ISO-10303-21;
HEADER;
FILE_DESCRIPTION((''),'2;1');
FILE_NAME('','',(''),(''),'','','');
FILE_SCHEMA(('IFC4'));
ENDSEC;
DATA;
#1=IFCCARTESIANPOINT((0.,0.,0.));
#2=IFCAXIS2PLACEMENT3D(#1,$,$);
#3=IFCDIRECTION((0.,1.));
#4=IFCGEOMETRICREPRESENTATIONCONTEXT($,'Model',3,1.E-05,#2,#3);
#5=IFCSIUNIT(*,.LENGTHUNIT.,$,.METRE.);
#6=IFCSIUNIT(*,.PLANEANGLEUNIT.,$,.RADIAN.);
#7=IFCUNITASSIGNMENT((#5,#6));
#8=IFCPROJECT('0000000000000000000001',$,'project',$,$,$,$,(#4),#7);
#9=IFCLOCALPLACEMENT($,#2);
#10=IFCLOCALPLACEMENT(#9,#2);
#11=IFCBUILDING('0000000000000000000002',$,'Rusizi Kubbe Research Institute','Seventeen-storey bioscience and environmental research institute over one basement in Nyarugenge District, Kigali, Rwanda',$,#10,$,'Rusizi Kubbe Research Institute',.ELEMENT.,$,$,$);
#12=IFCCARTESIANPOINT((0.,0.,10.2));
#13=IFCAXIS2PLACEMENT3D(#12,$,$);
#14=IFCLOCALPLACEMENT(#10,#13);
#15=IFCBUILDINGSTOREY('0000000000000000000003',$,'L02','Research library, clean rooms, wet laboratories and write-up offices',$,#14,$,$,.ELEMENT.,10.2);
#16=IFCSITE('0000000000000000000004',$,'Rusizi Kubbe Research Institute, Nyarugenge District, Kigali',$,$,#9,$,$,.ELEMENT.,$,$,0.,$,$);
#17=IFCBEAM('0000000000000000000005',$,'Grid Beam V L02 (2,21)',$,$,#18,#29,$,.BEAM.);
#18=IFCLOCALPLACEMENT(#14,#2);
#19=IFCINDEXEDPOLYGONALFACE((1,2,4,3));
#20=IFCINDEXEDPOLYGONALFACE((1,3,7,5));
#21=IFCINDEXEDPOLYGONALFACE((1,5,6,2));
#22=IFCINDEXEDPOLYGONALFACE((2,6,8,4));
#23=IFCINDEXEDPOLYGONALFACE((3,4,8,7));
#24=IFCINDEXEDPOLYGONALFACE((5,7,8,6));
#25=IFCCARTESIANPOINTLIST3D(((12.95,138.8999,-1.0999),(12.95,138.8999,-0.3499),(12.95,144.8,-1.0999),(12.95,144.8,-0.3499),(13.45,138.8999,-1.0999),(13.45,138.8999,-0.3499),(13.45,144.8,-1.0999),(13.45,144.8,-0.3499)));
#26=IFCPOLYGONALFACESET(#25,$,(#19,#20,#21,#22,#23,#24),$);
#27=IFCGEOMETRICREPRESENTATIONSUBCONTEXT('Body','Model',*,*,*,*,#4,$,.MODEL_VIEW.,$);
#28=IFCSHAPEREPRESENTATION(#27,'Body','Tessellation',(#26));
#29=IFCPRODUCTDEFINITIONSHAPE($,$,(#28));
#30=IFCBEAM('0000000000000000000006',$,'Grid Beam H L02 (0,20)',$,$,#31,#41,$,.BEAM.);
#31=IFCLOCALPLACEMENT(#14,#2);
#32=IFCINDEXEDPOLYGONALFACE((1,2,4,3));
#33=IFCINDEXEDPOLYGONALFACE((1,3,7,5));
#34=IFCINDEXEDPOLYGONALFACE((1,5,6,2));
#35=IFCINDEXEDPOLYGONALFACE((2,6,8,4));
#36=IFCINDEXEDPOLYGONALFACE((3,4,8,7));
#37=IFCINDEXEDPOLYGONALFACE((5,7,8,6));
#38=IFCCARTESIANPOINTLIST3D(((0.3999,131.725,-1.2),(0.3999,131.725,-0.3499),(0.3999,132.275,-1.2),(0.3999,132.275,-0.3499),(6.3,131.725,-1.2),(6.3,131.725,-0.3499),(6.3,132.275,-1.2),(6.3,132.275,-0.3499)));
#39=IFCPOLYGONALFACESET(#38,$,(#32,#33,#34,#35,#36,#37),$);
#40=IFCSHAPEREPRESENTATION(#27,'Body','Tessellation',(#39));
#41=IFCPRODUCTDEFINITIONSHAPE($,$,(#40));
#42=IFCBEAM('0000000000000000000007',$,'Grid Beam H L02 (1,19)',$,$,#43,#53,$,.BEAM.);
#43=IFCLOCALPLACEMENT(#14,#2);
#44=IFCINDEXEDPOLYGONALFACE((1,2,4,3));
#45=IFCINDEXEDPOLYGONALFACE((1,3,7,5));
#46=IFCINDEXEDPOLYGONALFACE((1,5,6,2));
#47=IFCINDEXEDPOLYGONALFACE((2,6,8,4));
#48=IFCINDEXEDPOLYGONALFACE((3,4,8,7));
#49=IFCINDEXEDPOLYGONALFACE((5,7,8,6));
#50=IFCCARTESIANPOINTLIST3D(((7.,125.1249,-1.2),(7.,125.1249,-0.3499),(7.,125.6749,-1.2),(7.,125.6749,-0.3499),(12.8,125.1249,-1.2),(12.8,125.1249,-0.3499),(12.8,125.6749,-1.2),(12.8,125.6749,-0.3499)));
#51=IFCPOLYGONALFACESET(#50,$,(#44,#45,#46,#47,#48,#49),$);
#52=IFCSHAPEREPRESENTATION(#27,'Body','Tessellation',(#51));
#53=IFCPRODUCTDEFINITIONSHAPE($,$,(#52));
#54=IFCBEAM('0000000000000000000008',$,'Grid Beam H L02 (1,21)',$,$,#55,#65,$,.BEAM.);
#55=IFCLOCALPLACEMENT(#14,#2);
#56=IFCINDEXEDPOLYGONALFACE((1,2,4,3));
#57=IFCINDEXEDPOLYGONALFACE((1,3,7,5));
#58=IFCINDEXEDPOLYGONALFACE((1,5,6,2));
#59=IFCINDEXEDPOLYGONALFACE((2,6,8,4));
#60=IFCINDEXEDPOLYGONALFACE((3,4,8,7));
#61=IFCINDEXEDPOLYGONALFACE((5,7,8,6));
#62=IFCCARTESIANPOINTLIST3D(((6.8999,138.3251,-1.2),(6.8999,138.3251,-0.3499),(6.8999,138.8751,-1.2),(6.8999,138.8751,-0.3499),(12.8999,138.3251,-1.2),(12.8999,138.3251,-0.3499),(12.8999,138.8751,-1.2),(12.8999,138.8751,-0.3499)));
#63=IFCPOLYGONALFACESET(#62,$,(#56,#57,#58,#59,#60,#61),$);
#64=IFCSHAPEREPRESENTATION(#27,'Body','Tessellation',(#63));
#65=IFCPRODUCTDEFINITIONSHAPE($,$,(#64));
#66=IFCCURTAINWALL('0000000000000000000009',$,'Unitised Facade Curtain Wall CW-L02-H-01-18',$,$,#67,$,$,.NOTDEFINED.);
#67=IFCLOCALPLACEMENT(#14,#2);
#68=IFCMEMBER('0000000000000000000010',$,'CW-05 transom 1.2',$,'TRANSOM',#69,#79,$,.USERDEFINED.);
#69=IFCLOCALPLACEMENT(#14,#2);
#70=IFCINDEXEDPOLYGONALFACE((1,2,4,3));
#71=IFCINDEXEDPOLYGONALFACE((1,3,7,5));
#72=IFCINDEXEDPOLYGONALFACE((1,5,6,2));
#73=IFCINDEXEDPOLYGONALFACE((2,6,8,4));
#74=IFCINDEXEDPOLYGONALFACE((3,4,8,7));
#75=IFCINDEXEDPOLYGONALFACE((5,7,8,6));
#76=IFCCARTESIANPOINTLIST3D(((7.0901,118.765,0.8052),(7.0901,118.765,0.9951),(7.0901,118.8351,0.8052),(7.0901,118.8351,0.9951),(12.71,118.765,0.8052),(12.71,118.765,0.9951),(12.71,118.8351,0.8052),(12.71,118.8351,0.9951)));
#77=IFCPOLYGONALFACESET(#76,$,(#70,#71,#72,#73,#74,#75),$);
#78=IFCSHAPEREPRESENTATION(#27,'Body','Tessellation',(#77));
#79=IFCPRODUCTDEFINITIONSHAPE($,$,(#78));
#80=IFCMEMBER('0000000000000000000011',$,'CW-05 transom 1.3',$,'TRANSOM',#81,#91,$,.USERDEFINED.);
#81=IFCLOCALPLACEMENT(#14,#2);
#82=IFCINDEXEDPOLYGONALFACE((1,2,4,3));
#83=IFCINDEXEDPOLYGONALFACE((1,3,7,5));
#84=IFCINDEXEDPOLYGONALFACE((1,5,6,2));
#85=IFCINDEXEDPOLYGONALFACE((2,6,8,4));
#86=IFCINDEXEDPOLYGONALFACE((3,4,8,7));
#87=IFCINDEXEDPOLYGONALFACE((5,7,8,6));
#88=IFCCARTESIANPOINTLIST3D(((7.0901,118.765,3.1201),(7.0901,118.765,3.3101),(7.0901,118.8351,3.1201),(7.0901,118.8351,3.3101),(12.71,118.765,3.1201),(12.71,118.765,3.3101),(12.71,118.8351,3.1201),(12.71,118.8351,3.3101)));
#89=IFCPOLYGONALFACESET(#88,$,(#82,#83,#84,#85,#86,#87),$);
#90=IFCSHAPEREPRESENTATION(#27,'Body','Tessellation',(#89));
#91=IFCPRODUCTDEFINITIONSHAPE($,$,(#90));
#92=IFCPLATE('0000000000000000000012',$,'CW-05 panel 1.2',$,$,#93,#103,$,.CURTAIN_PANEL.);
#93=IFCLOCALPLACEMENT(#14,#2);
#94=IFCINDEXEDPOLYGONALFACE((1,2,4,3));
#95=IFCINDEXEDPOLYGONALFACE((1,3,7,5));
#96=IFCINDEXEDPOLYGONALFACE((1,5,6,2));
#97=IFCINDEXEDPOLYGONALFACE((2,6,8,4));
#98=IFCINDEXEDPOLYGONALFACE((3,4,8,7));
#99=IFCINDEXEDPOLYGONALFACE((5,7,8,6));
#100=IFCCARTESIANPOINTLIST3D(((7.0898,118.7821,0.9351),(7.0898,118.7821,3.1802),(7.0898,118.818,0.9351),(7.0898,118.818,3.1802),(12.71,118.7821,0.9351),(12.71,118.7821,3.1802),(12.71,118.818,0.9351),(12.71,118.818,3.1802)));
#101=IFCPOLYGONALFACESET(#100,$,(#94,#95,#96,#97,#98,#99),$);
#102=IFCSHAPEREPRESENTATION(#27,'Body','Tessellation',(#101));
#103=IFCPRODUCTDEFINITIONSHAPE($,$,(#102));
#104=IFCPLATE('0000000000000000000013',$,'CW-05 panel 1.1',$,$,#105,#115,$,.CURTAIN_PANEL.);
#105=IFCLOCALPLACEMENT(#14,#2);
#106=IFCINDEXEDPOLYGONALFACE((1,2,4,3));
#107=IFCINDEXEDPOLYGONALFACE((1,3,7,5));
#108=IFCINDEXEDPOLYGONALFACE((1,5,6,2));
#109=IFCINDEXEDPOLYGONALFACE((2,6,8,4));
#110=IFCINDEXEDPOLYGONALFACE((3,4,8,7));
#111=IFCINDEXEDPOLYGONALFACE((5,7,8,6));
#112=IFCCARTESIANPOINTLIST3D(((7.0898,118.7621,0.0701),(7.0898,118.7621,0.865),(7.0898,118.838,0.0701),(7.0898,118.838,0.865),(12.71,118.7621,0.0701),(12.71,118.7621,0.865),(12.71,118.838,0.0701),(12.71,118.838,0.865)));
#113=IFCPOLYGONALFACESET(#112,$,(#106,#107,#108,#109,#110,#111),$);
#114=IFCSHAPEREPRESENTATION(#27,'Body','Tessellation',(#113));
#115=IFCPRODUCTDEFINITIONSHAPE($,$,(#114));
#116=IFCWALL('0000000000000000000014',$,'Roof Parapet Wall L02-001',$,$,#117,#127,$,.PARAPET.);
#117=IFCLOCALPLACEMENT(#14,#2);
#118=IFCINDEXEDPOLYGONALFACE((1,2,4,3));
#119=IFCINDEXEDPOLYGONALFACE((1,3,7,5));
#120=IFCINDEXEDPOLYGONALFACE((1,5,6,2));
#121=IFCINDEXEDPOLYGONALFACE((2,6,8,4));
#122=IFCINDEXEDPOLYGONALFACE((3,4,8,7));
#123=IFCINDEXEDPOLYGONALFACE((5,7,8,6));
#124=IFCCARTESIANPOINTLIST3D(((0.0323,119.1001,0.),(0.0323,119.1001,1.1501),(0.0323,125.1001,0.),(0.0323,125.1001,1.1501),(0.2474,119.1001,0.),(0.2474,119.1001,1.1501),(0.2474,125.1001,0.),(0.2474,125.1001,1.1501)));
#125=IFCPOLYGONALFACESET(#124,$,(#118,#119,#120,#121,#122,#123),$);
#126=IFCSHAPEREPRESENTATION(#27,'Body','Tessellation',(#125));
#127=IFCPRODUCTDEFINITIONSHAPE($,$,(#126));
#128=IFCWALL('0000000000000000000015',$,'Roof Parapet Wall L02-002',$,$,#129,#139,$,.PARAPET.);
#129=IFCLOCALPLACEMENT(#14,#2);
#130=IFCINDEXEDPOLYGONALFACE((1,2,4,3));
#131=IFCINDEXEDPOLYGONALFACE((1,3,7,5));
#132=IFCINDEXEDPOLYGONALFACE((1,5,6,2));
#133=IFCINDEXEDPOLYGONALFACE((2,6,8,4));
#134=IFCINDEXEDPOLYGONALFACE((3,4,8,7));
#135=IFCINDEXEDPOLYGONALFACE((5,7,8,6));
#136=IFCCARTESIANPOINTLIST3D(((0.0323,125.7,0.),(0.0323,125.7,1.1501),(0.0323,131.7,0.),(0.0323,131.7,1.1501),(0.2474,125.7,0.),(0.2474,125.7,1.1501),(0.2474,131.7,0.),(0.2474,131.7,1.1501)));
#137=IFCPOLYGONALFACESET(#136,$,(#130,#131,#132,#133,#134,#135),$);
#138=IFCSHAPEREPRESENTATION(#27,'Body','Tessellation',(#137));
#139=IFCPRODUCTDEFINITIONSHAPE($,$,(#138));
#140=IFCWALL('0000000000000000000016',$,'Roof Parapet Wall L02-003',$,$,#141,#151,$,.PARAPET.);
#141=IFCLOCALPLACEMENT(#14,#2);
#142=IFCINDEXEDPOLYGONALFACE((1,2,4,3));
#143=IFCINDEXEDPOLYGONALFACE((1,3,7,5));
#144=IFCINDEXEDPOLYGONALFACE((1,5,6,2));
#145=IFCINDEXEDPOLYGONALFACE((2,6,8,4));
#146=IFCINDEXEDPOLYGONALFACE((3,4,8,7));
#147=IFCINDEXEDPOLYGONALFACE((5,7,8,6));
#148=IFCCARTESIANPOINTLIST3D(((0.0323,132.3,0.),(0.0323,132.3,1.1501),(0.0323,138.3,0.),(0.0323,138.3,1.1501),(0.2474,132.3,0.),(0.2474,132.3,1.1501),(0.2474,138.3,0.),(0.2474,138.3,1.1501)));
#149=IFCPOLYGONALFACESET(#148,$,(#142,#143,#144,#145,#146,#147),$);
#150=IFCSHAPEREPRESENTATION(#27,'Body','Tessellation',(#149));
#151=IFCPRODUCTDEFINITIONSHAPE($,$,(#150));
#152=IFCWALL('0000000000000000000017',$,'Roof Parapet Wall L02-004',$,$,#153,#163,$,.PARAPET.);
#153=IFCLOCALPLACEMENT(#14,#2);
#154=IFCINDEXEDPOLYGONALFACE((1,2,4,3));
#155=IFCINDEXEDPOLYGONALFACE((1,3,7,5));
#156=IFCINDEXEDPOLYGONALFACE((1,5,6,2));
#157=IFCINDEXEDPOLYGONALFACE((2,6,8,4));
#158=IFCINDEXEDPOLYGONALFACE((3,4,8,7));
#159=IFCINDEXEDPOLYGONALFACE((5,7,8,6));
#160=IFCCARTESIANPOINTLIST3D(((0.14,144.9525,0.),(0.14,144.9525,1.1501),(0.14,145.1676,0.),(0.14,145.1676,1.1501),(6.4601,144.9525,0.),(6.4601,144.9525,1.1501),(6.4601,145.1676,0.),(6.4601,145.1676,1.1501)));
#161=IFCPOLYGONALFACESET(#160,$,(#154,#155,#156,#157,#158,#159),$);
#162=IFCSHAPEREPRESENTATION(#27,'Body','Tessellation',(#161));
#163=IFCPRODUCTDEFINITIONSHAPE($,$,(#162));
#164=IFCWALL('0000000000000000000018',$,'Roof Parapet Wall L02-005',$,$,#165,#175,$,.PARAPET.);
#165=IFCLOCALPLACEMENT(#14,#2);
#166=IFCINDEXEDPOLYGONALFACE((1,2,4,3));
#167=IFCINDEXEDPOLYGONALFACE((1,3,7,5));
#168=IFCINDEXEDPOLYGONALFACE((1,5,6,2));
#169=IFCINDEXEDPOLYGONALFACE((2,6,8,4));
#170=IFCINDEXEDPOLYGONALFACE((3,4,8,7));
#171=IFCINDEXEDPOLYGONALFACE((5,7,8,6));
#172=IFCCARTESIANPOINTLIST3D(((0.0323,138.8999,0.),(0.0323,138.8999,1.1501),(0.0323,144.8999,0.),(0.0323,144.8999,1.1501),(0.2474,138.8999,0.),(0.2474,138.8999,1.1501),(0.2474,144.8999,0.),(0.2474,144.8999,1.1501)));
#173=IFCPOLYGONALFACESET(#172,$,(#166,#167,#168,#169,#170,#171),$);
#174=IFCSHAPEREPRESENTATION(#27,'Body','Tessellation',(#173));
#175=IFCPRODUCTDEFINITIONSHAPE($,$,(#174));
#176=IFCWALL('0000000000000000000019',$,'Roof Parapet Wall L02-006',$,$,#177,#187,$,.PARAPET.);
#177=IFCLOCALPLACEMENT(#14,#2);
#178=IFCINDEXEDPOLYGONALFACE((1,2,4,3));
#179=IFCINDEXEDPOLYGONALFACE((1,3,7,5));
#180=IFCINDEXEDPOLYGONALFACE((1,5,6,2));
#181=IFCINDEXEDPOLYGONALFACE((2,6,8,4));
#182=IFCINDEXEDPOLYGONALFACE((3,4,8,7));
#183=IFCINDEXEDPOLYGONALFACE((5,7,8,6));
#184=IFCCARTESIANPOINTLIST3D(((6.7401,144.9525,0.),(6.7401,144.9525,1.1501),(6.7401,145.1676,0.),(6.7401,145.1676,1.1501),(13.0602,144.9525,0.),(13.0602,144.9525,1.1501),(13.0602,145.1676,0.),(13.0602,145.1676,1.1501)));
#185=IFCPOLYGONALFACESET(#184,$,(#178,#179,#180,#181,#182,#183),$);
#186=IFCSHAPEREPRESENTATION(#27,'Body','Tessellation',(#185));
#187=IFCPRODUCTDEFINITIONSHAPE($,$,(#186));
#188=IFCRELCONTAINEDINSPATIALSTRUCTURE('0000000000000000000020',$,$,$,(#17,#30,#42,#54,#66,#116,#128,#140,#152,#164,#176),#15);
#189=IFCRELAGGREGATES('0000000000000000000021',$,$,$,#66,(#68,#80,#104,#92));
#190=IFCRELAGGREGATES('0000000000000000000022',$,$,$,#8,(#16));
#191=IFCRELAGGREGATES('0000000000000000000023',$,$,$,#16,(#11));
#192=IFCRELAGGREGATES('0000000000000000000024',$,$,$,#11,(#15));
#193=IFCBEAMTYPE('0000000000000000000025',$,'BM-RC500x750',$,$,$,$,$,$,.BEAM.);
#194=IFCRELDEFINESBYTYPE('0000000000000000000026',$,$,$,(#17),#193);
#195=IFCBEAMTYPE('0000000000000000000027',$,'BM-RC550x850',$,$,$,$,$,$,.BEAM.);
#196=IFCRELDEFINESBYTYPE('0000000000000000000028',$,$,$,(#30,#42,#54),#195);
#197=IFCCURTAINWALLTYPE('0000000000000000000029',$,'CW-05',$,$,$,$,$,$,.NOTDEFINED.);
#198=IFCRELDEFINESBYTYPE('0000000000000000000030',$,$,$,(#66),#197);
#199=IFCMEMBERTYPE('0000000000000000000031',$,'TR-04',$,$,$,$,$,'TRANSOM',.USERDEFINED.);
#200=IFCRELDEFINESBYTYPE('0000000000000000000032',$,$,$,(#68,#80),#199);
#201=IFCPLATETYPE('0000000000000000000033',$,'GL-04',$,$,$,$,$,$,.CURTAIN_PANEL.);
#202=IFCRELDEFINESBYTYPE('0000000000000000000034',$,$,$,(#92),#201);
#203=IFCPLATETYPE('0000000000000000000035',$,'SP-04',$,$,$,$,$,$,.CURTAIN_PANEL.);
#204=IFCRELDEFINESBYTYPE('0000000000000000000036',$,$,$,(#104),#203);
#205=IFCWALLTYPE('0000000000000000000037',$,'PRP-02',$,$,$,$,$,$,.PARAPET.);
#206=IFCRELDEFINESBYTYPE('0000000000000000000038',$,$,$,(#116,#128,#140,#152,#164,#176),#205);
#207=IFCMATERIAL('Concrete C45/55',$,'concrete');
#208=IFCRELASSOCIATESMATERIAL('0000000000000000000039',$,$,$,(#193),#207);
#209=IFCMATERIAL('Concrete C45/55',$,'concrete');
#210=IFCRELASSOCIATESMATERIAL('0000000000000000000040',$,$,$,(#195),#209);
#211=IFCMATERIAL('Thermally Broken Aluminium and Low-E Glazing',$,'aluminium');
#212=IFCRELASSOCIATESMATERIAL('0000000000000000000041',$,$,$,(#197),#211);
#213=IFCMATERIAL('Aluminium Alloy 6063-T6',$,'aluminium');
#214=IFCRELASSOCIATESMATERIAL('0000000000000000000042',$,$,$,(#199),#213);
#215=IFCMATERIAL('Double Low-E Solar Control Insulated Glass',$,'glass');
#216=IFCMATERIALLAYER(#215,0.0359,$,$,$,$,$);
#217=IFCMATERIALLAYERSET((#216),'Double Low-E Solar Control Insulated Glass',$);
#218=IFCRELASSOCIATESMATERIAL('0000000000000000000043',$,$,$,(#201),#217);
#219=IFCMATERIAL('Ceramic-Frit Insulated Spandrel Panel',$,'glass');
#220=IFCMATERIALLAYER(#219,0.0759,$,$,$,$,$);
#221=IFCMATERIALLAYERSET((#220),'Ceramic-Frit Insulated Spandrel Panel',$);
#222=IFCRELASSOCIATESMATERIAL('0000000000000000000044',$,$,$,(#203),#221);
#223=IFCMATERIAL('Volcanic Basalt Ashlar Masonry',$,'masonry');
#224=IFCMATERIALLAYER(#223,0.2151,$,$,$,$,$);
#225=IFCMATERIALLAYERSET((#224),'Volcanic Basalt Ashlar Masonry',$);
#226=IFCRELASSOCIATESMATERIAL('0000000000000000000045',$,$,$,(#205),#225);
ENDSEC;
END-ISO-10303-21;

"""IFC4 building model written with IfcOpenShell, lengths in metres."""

from ifc_helpers import new_model, si_unit, direction, frame, frame_2d, origin, origin_2d, place, context, subcontext, project, spatial, rectangle, extrude, material, layer, layer_set, material_profile, profile_set, type_object, element, aggregate, save


model = new_model("IFC4")

# Units and contexts
model_context = context("Model", 3, precision=1e-05, world=origin(), true_north=direction((0.0, 1.0)))
body_context = subcontext(model_context, "Body", "Model", "MODEL_VIEW")
ifc_project = project(units=[si_unit("LENGTHUNIT", "METRE"), si_unit("PLANEANGLEUNIT", "RADIAN")], contexts=[model_context])

# Site, building, storey
site_placement = place(None, origin())
site = spatial("IfcSite", under=ifc_project, at=site_placement, Name="Rusizi Kubbe Research Institute, Nyarugenge District, Kigali", CompositionType="ELEMENT", RefElevation=0.0)
building_placement = place(site_placement, origin())
building = spatial("IfcBuilding", under=site, at=building_placement, Name="Rusizi Kubbe Research Institute", Description="Seventeen-storey bioscience and environmental research institute over one basement in Nyarugenge District, Kigali, Rwanda", LongName="Rusizi Kubbe Research Institute", CompositionType="ELEMENT")
storey_placement = place(building_placement, frame((0.0, 0.0, 10.2)))
storey = spatial("IfcBuildingStorey", under=building, at=storey_placement, Name="L02", Description="Research library, clean rooms, wet laboratories and write-up offices", CompositionType="ELEMENT", Elevation=10.2)

# Beams
ifc_material_1 = material(Name="Concrete C45/55", Category="concrete")
ifc_material_profile_1 = material_profile(ifc_material_1, rectangle(XDim=0.5, YDim=0.75, at=origin_2d()), Name="RC500x750B")
ifc_profile_set_1 = profile_set([ifc_material_profile_1], Name="Concrete C45/55")
beam_type_1 = type_object("IfcBeamType", Name="BM-RC500x750", PredefinedType="BEAM", material=ifc_profile_set_1)
beam_1_placement = place(storey_placement, frame((13.2, 138.8999, -0.7249), z_axis=(0.0, 1.0, 0.0), x_axis=(-1.0, 0.0, 0.0)))
element("IfcBeam", 1, at=beam_1_placement, inside=storey, type_object=beam_type_1, Name="Grid Beam V L02 (2,21)", PredefinedType="BEAM", context=body_context, shape_type="SweptSolid", body=[
    extrude(rectangle(XDim=0.5, YDim=0.75, at=origin_2d()), origin(), (0.0, 0.0, 1.0), 5.9001),
])
ifc_material_2 = material(Name="Concrete C45/55", Category="concrete")
ifc_material_profile_2 = material_profile(ifc_material_2, rectangle(XDim=0.55, YDim=0.8501, at=origin_2d()), Name="RC550x850")
ifc_profile_set_2 = profile_set([ifc_material_profile_2], Name="Concrete C45/55")
beam_type_2 = type_object("IfcBeamType", Name="BM-RC550x850", PredefinedType="BEAM", material=ifc_profile_set_2)
beam_2_placement = place(storey_placement, frame((0.3999, 132.0, -0.7749), z_axis=(1.0, 0.0, 0.0), x_axis=(0.0, 1.0, 0.0)))
element("IfcBeam", 2, at=beam_2_placement, inside=storey, type_object=beam_type_2, Name="Grid Beam H L02 (0,20)", PredefinedType="BEAM", context=body_context, shape_type="SweptSolid", body=[
    extrude(rectangle(XDim=0.55, YDim=0.8501, at=origin_2d()), origin(), (0.0, 0.0, 1.0), 5.9001),
])
beam_3_placement = place(storey_placement, frame((7.0, 125.3999, -0.7749), z_axis=(1.0, 0.0, 0.0), x_axis=(0.0, 1.0, 0.0)))
element("IfcBeam", 3, at=beam_3_placement, inside=storey, type_object=beam_type_2, Name="Grid Beam H L02 (1,19)", PredefinedType="BEAM", context=body_context, shape_type="SweptSolid", body=[
    extrude(rectangle(XDim=0.55, YDim=0.8501, at=origin_2d()), origin(), (0.0, 0.0, 1.0), 5.8),
])
beam_4_placement = place(storey_placement, frame((6.8999, 138.6001, -0.7749), z_axis=(1.0, 0.0, 0.0), x_axis=(0.0, 1.0, 0.0)))
element("IfcBeam", 4, at=beam_4_placement, inside=storey, type_object=beam_type_2, Name="Grid Beam H L02 (1,21)", PredefinedType="BEAM", context=body_context, shape_type="SweptSolid", body=[
    extrude(rectangle(XDim=0.55, YDim=0.8501, at=origin_2d()), origin(), (0.0, 0.0, 1.0), 6.0),
])

# Curtain wall, members, plates
ifc_material_3 = material(Name="Thermally Broken Aluminium and Low-E Glazing", Category="aluminium")
curtain_wall_type = type_object("IfcCurtainWallType", Name="CW-05", PredefinedType="NOTDEFINED", material=ifc_material_3)
curtain_wall_placement = place(storey_placement, origin())
curtain_wall = element("IfcCurtainWall", 5, at=curtain_wall_placement, inside=storey, type_object=curtain_wall_type, Name="Unitised Facade Curtain Wall CW-L02-H-01-18", PredefinedType="NOTDEFINED")
ifc_material_4 = material(Name="Aluminium Alloy 6063-T6", Category="aluminium")
ifc_material_profile_3 = material_profile(ifc_material_4, rectangle(XDim=0.0701, YDim=0.1899, at=origin_2d()), Name="ALU-T 70x190")
ifc_profile_set_3 = profile_set([ifc_material_profile_3], Name="Aluminium Alloy 6063-T6")
member_type = type_object("IfcMemberType", Name="TR-04", ElementType="TRANSOM", PredefinedType="USERDEFINED", material=ifc_profile_set_3)
member_1_placement = place(storey_placement, frame((7.0901, 118.8, 0.9001), z_axis=(1.0, 0.0, 0.0), x_axis=(0.0, 1.0, 0.0)))
member_1 = element("IfcMember", 6, at=member_1_placement, type_object=member_type, Name="CW-05 transom 1.2", ObjectType="TRANSOM", PredefinedType="USERDEFINED", context=body_context, shape_type="SweptSolid", body=[
    extrude(rectangle(XDim=0.0701, YDim=0.1899, at=origin_2d()), origin(), (0.0, 0.0, 1.0), 5.6199),
])
member_2_placement = place(storey_placement, frame((7.0901, 118.8, 3.2151), z_axis=(1.0, 0.0, 0.0), x_axis=(0.0, 1.0, 0.0)))
member_2 = element("IfcMember", 7, at=member_2_placement, type_object=member_type, Name="CW-05 transom 1.3", ObjectType="TRANSOM", PredefinedType="USERDEFINED", context=body_context, shape_type="SweptSolid", body=[
    extrude(rectangle(XDim=0.0701, YDim=0.1899, at=origin_2d()), origin(), (0.0, 0.0, 1.0), 5.6199),
])
ifc_material_5 = material(Name="Double Low-E Solar Control Insulated Glass", Category="glass")
ifc_layer_1 = layer(ifc_material_5, 0.0359)
ifc_layer_set_1 = layer_set([ifc_layer_1], Name="Double Low-E Solar Control Insulated Glass")
plate_type_1 = type_object("IfcPlateType", Name="GL-04", PredefinedType="CURTAIN_PANEL", material=ifc_layer_set_1)
plate_1_placement = place(storey_placement, frame((9.8999, 118.8, 0.9351), z_axis=(0.0, 0.0, 1.0), x_axis=(1.0, 0.0, 0.0)))
plate_1 = element("IfcPlate", 8, at=plate_1_placement, type_object=plate_type_1, Name="CW-05 panel 1.2", PredefinedType="CURTAIN_PANEL", context=body_context, shape_type="SweptSolid", body=[
    extrude(rectangle(XDim=5.6201, YDim=0.0359, at=origin_2d()), origin(), (0.0, 0.0, 1.0), 2.2451),
])
ifc_material_6 = material(Name="Ceramic-Frit Insulated Spandrel Panel", Category="glass")
ifc_layer_2 = layer(ifc_material_6, 0.0759)
ifc_layer_set_2 = layer_set([ifc_layer_2], Name="Ceramic-Frit Insulated Spandrel Panel")
plate_type_2 = type_object("IfcPlateType", Name="SP-04", PredefinedType="CURTAIN_PANEL", material=ifc_layer_set_2)
plate_2_placement = place(storey_placement, frame((9.8999, 118.8, 0.0701), z_axis=(0.0, 0.0, 1.0), x_axis=(1.0, 0.0, 0.0)))
plate_2 = element("IfcPlate", 9, at=plate_2_placement, type_object=plate_type_2, Name="CW-05 panel 1.1", PredefinedType="CURTAIN_PANEL", context=body_context, shape_type="SweptSolid", body=[
    extrude(rectangle(XDim=5.6201, YDim=0.0759, at=origin_2d()), origin(), (0.0, 0.0, 1.0), 0.7949),
])
aggregate(curtain_wall, [member_1, member_2, plate_2, plate_1])

# Walls
ifc_material_7 = material(Name="Volcanic Basalt Ashlar Masonry", Category="masonry")
ifc_layer_3 = layer(ifc_material_7, 0.2151)
ifc_layer_set_3 = layer_set([ifc_layer_3], Name="Volcanic Basalt Ashlar Masonry")
wall_type = type_object("IfcWallType", Name="PRP-02", PredefinedType="PARAPET", material=ifc_layer_set_3)
for number, where, z_axis, x_axis, name in (
    (10, (0.1399, 119.1001, 0.0), (0.0, 0.0, 1.0), (0.0, 1.0, 0.0), "Roof Parapet Wall L02-001"),
    (11, (0.1399, 125.7, 0.0), (0.0, 0.0, 1.0), (0.0, 1.0, 0.0), "Roof Parapet Wall L02-002"),
    (12, (0.1399, 132.3, 0.0), (0.0, 0.0, 1.0), (0.0, 1.0, 0.0), "Roof Parapet Wall L02-003"),
):
    element("IfcWall", number, at=place(storey_placement, frame(where, z_axis=z_axis, x_axis=x_axis)), inside=storey, type_object=wall_type, Name=name, PredefinedType="PARAPET", context=body_context, shape_type="SweptSolid", body=[
        extrude(rectangle(XDim=6.0, YDim=0.2151, at=frame_2d((3.0, 0.0))), origin(), (0.0, 0.0, 1.0), 1.1501),
    ])
wall_1_placement = place(storey_placement, frame((0.1399, 145.0601, 0.0), z_axis=(0.0, 0.0, 1.0), x_axis=(1.0, 0.0, 0.0)))
element("IfcWall", 13, at=wall_1_placement, inside=storey, type_object=wall_type, Name="Roof Parapet Wall L02-004", PredefinedType="PARAPET", context=body_context, shape_type="SweptSolid", body=[
    extrude(rectangle(XDim=6.3201, YDim=0.2151, at=frame_2d((3.1602, 0.0))), origin(), (0.0, 0.0, 1.0), 1.1501),
])
wall_2_placement = place(storey_placement, frame((0.1399, 138.8999, 0.0), z_axis=(0.0, 0.0, 1.0), x_axis=(0.0, 1.0, 0.0)))
element("IfcWall", 14, at=wall_2_placement, inside=storey, type_object=wall_type, Name="Roof Parapet Wall L02-005", PredefinedType="PARAPET", context=body_context, shape_type="SweptSolid", body=[
    extrude(rectangle(XDim=6.0, YDim=0.2151, at=frame_2d((3.0, 0.0))), origin(), (0.0, 0.0, 1.0), 1.1501),
])
wall_3_placement = place(storey_placement, frame((6.74, 145.0601, 0.0), z_axis=(0.0, 0.0, 1.0), x_axis=(1.0, 0.0, 0.0)))
element("IfcWall", 15, at=wall_3_placement, inside=storey, type_object=wall_type, Name="Roof Parapet Wall L02-006", PredefinedType="PARAPET", context=body_context, shape_type="SweptSolid", body=[
    extrude(rectangle(XDim=6.3201, YDim=0.2151, at=frame_2d((3.1602, 0.0))), origin(), (0.0, 0.0, 1.0), 1.1501),
])

save(model, "model.ifc")
